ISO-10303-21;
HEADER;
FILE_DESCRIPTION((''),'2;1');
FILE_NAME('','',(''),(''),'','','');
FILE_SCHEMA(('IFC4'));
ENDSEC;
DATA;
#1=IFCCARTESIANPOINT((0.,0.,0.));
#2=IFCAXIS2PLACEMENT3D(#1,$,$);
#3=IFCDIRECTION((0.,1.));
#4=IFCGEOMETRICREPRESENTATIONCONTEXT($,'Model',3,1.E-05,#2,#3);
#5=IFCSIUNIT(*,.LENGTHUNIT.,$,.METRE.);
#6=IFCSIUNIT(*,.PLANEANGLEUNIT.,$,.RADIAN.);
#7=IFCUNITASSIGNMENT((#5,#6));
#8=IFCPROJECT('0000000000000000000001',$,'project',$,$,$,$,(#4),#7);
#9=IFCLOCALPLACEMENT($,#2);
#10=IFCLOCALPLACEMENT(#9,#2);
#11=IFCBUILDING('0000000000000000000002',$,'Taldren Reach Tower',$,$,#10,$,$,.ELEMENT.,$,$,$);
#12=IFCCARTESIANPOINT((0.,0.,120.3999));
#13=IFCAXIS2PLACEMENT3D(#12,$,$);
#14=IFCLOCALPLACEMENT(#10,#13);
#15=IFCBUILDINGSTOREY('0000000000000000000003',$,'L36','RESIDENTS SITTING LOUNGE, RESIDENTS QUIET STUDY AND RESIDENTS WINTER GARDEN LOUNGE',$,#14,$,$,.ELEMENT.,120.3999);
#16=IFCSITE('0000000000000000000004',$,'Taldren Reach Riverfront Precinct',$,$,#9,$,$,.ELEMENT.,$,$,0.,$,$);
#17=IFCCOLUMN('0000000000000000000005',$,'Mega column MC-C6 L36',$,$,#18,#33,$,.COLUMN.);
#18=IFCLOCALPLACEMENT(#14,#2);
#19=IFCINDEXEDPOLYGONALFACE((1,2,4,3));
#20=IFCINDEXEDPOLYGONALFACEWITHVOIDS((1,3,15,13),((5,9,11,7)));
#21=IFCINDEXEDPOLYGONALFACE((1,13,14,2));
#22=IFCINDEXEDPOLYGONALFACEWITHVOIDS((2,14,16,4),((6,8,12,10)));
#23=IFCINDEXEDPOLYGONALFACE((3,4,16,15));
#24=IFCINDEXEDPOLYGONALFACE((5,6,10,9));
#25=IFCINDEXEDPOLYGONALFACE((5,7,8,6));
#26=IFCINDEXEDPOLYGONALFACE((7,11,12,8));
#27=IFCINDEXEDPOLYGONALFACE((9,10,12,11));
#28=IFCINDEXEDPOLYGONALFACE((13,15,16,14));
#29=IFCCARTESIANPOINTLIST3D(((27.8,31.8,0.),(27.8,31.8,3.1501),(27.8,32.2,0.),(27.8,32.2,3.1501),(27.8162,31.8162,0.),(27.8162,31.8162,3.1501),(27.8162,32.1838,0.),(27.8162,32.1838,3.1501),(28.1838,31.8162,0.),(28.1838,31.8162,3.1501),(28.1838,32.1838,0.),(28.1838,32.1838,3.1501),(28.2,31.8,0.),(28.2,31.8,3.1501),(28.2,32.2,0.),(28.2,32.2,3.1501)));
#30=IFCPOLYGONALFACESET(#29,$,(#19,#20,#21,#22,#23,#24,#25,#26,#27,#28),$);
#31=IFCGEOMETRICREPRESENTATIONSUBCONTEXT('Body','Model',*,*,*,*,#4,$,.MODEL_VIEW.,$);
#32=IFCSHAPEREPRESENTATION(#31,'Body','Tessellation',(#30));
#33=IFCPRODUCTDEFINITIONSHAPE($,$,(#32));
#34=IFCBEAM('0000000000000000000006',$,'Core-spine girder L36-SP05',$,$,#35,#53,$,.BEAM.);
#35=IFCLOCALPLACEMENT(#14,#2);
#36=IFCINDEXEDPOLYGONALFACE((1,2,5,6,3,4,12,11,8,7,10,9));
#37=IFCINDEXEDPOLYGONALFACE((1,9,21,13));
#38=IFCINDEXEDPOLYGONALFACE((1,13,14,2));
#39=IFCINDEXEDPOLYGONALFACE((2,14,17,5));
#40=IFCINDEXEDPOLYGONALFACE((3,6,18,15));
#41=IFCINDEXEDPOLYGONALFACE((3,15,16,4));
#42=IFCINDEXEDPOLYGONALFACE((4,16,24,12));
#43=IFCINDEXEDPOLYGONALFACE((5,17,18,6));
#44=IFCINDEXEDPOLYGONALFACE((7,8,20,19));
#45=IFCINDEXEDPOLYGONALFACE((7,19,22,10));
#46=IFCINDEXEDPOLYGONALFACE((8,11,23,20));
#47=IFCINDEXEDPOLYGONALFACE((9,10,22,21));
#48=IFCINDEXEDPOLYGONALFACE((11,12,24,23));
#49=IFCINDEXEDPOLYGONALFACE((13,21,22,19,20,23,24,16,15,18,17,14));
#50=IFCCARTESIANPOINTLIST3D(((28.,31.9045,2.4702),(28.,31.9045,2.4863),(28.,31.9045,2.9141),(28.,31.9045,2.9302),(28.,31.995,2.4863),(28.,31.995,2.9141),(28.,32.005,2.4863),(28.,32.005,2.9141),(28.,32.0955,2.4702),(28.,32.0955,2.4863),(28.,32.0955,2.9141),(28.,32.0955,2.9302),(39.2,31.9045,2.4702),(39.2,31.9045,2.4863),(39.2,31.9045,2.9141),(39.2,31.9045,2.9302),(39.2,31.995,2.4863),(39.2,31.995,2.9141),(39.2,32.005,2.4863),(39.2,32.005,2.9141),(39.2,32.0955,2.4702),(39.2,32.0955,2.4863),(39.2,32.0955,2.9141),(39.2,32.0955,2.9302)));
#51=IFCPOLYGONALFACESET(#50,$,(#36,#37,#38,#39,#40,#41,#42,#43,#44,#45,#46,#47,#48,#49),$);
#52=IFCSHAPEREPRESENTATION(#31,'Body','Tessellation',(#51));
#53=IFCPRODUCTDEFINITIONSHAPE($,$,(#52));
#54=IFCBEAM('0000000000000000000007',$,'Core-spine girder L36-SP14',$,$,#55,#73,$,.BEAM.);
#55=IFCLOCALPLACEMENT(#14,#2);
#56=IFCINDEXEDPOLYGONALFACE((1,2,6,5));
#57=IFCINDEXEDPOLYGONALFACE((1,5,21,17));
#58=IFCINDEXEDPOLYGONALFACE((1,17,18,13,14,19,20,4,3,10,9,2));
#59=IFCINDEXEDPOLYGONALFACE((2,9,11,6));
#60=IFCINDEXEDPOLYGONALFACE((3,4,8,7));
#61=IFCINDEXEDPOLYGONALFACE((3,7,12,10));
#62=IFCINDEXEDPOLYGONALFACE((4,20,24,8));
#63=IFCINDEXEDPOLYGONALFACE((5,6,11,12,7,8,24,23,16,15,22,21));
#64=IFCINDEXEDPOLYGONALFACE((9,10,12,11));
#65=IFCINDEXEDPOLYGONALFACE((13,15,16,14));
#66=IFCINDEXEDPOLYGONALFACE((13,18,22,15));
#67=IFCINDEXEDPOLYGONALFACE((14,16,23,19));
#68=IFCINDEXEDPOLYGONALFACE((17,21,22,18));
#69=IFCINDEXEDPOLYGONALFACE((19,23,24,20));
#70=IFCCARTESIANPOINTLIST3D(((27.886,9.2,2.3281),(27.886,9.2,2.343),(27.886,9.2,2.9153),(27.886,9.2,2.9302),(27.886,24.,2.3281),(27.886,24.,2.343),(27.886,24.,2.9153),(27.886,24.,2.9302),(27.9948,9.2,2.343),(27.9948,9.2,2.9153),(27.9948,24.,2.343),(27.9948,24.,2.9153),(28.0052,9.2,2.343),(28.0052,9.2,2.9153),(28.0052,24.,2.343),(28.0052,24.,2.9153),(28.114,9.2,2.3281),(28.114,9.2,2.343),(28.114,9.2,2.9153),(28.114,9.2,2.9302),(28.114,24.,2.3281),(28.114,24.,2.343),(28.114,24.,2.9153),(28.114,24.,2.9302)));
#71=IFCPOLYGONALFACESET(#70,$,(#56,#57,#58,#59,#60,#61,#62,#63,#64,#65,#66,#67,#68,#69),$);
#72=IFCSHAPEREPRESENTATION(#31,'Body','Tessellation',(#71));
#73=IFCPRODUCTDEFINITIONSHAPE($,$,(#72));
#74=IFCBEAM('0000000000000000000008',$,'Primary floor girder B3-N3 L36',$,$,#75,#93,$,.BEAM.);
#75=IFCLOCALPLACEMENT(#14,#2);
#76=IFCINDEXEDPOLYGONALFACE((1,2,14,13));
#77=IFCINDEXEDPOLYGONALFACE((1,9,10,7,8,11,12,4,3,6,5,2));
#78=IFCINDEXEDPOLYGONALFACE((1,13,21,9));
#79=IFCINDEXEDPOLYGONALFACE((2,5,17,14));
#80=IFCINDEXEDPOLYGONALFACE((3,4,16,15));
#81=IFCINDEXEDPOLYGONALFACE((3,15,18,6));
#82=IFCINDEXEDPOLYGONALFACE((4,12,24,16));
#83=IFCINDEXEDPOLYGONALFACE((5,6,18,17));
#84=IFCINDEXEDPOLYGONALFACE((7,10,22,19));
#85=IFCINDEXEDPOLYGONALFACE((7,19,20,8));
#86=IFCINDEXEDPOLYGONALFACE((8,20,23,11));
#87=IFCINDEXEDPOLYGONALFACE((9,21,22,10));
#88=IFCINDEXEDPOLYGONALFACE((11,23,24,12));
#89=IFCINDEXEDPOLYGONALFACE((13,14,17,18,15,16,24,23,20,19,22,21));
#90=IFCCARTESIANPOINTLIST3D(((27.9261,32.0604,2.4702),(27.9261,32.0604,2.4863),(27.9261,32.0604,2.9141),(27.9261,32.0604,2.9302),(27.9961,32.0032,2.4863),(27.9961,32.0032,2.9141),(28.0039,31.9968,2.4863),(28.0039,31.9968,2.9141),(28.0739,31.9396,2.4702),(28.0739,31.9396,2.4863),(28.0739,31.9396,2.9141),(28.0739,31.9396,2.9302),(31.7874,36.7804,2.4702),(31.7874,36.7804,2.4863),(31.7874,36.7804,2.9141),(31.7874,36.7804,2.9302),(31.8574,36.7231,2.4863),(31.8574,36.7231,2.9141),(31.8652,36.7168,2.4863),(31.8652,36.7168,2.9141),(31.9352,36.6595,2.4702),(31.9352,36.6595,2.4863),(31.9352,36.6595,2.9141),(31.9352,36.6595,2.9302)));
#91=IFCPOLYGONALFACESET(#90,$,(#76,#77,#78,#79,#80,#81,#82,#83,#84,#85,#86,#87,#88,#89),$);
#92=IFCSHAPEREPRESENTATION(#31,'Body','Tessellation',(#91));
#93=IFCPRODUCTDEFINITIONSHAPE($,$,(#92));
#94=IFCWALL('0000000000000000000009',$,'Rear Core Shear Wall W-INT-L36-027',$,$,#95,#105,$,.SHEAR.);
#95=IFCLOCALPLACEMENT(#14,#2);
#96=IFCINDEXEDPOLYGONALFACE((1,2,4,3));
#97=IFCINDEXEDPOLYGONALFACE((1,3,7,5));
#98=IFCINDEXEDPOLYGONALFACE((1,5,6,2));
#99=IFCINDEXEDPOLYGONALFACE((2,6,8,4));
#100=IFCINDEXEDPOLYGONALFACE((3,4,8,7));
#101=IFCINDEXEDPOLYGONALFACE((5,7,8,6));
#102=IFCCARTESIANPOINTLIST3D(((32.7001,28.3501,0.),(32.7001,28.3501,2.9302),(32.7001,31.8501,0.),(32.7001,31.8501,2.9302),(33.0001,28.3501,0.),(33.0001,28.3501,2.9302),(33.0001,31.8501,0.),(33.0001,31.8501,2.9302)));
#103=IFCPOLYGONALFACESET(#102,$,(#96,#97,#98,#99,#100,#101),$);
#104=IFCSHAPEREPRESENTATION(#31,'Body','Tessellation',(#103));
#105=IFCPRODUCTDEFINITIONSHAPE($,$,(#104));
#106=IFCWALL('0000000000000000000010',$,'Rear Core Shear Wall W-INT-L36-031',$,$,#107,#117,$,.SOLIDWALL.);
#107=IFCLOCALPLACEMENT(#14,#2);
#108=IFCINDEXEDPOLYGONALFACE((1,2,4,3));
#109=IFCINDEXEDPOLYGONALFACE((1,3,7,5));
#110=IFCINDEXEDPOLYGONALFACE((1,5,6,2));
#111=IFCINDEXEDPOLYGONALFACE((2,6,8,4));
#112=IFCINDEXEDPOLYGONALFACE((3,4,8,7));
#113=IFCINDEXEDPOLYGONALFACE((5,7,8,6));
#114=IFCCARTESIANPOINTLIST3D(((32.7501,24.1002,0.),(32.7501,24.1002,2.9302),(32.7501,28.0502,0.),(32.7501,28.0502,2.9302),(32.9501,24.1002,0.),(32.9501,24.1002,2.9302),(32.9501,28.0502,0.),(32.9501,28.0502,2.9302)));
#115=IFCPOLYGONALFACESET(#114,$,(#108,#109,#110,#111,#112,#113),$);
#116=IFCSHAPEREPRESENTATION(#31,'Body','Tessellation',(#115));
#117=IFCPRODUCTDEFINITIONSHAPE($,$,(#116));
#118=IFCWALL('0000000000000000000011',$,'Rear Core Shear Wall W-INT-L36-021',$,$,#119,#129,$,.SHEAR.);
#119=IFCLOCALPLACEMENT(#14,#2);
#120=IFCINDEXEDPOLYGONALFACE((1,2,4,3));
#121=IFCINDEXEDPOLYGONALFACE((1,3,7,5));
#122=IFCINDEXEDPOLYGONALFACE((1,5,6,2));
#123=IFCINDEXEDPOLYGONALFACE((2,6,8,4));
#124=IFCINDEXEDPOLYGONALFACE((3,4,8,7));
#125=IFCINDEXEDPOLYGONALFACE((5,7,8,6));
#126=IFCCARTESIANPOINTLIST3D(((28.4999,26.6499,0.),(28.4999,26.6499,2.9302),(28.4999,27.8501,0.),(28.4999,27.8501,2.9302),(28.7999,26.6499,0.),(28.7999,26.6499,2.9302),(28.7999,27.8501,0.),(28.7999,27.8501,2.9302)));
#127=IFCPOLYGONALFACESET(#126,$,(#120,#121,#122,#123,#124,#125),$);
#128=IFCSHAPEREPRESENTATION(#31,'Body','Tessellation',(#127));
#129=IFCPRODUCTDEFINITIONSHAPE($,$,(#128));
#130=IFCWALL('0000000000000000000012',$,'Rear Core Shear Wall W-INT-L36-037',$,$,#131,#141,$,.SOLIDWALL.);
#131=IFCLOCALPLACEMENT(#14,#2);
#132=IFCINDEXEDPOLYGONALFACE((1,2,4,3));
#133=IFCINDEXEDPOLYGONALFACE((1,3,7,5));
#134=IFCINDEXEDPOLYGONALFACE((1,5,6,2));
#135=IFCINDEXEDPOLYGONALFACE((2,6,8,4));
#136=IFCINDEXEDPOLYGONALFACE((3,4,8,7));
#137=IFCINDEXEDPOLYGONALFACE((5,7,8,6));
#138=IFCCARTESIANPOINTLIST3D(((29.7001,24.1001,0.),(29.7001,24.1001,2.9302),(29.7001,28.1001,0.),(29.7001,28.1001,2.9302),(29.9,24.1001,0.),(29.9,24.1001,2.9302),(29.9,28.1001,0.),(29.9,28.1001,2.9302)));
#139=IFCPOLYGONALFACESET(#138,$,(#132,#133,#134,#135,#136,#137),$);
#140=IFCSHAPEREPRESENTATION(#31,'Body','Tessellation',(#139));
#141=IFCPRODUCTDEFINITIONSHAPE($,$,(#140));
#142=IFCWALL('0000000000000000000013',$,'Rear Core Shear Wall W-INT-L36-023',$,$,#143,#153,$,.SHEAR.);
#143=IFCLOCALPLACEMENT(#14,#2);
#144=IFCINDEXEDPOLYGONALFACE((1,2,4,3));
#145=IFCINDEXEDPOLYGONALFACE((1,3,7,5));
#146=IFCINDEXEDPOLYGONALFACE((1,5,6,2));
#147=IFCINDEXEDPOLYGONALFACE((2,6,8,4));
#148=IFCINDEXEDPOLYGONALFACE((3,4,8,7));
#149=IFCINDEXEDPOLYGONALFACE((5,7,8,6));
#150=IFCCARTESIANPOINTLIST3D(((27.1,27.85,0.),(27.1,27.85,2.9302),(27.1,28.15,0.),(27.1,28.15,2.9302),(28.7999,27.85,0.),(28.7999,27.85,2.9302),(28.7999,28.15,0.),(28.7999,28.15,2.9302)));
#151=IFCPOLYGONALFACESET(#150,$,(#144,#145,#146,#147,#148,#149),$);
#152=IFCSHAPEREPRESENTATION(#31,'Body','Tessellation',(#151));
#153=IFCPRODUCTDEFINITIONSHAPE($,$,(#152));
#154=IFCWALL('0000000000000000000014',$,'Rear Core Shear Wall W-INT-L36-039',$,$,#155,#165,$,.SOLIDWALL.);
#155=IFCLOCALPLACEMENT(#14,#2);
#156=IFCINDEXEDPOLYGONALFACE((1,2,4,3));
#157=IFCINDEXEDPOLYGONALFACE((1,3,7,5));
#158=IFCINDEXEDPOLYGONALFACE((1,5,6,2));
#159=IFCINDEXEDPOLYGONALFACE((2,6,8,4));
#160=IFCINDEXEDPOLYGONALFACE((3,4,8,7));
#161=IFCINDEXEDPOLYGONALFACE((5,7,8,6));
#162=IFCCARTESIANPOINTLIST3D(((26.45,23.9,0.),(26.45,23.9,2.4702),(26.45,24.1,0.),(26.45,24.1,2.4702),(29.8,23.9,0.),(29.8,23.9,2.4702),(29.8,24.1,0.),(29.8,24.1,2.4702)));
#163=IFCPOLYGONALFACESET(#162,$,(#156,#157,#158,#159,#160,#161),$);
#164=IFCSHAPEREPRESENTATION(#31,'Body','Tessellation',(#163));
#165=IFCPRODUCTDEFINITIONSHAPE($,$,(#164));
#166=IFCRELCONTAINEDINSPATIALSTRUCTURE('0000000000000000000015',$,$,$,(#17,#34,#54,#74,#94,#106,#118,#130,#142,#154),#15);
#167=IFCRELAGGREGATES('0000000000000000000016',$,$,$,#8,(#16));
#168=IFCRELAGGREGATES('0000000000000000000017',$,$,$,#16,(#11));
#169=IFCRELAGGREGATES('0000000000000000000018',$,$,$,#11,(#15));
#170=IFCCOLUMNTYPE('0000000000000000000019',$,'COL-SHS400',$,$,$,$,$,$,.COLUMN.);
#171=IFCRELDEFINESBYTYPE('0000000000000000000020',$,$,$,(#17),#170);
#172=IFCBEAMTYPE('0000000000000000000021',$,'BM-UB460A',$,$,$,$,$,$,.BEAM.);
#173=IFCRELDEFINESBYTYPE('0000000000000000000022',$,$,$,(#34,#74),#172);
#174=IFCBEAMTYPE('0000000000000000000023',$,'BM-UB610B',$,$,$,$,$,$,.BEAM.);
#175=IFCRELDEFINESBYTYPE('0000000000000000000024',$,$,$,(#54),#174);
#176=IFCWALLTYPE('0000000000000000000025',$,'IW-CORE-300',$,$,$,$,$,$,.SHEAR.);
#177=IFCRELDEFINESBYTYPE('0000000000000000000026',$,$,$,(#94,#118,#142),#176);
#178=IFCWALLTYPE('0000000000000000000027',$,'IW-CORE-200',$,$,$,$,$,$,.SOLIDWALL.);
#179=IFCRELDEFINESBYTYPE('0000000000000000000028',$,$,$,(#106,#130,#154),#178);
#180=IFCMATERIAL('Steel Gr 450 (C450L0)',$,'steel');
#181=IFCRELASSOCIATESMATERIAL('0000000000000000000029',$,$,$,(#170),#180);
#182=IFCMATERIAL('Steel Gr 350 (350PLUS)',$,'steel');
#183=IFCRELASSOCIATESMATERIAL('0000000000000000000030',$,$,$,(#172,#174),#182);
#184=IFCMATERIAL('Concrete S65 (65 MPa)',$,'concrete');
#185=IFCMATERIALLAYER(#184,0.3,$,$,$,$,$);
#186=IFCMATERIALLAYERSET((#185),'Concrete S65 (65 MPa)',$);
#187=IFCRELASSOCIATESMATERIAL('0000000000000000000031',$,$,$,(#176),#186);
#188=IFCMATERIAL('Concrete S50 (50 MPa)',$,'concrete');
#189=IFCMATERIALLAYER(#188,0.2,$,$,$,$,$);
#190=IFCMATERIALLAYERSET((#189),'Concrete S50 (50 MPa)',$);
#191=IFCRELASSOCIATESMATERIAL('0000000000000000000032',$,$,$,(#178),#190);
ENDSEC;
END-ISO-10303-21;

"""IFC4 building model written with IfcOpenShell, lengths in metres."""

from ifc_helpers import new_model, si_unit, direction, frame, frame_2d, origin, origin_2d, place, context, subcontext, project, spatial, rectangle, hollow_rectangle, i_section, extrude, source, transform, mapped, material, layer, layer_set, material_profile, profile_set, type_object, element, save


model = new_model("IFC4")

# Units and contexts
model_context = context("Model", 3, precision=1e-05, world=origin(), true_north=direction((0.0, 1.0)))
body_context = subcontext(model_context, "Body", "Model", "MODEL_VIEW")
ifc_project = project(units=[si_unit("LENGTHUNIT", "METRE"), si_unit("PLANEANGLEUNIT", "RADIAN")], contexts=[model_context])

# Site, building, storey
site_placement = place(None, origin())
site = spatial("IfcSite", under=ifc_project, at=site_placement, Name="Taldren Reach Riverfront Precinct", CompositionType="ELEMENT", RefElevation=0.0)
building_placement = place(site_placement, origin())
building = spatial("IfcBuilding", under=site, at=building_placement, Name="Taldren Reach Tower", CompositionType="ELEMENT")
storey_placement = place(building_placement, frame((0.0, 0.0, 120.3999)))
storey = spatial("IfcBuildingStorey", under=building, at=storey_placement, Name="L36", Description="RESIDENTS SITTING LOUNGE, RESIDENTS QUIET STUDY AND RESIDENTS WINTER GARDEN LOUNGE", CompositionType="ELEMENT", Elevation=120.3999)

# Column
ifc_material_1 = material(Name="Steel Gr 450 (C450L0)", Category="steel")
ifc_material_profile_1 = material_profile(ifc_material_1, hollow_rectangle(XDim=0.3999, YDim=0.3999, WallThickness=0.0161, at=origin_2d()), Name="400x400x16.0SHS")
ifc_profile_set_1 = profile_set([ifc_material_profile_1], Name="Steel Gr 450 (C450L0)")
column_type = type_object("IfcColumnType", Name="COL-SHS400", PredefinedType="COLUMN", material=ifc_profile_set_1)
shared_shape_1 = source(origin(), body_context, "Body", "SweptSolid", [
    extrude(hollow_rectangle(XDim=0.3999, YDim=0.3999, WallThickness=0.0161, at=origin_2d()), origin(), (0.0, 0.0, 1.0), 3.1501),
])
column_placement = place(storey_placement, frame((28.0, 32.0, 0.0), z_axis=(0.0, 0.0, 1.0), x_axis=(1.0, 0.0, 0.0)))
element("IfcColumn", 1, at=column_placement, inside=storey, type_object=column_type, Name="Mega column MC-C6 L36", PredefinedType="COLUMN", context=body_context, shape_type="MappedRepresentation", body=[
    mapped(shared_shape_1, transform((0.0, 0.0, 0.0), scale=1.0)),
])

# Beams
ifc_material_2 = material(Name="Steel Gr 350 (350PLUS)", Category="steel")
ifc_material_profile_2 = material_profile(ifc_material_2, i_section(OverallWidth=0.1909, OverallDepth=0.46, WebThickness=0.01, FlangeThickness=0.0161, at=origin_2d()), Name="460UB82.1")
ifc_profile_set_2 = profile_set([ifc_material_profile_2], Name="Steel Gr 350 (350PLUS)")
beam_type_1 = type_object("IfcBeamType", Name="BM-UB460A", PredefinedType="BEAM", material=ifc_profile_set_2)
shared_shape_2 = source(origin(), body_context, "Body", "SweptSolid", [
    extrude(i_section(OverallWidth=0.1909, OverallDepth=0.46, WebThickness=0.01, FlangeThickness=0.0161, at=origin_2d()), origin(), (0.0, 0.0, 1.0), 11.2),
])
beam_1_placement = place(storey_placement, frame((28.0, 32.0, 2.7002), z_axis=(1.0, 0.0, 0.0), x_axis=(0.0, 1.0, 0.0)))
element("IfcBeam", 2, at=beam_1_placement, inside=storey, type_object=beam_type_1, Name="Core-spine girder L36-SP05", PredefinedType="BEAM", context=body_context, shape_type="MappedRepresentation", body=[
    mapped(shared_shape_2, transform((0.0, 0.0, 0.0), scale=1.0)),
])
ifc_material_profile_3 = material_profile(ifc_material_2, i_section(OverallWidth=0.228, OverallDepth=0.6021, WebThickness=0.0105, FlangeThickness=0.0149, at=origin_2d()), Name="610UB101")
ifc_profile_set_3 = profile_set([ifc_material_profile_3], Name="Steel Gr 350 (350PLUS)")
beam_type_2 = type_object("IfcBeamType", Name="BM-UB610B", PredefinedType="BEAM", material=ifc_profile_set_3)
shared_shape_3 = source(origin(), body_context, "Body", "SweptSolid", [
    extrude(i_section(OverallWidth=0.228, OverallDepth=0.6021, WebThickness=0.0105, FlangeThickness=0.0149, at=origin_2d()), origin(), (0.0, 0.0, 1.0), 14.8),
])
beam_2_placement = place(storey_placement, frame((28.0, 24.0, 2.6292), z_axis=(0.0, -1.0, 0.0), x_axis=(1.0, 0.0, 0.0)))
element("IfcBeam", 3, at=beam_2_placement, inside=storey, type_object=beam_type_2, Name="Core-spine girder L36-SP14", PredefinedType="BEAM", context=body_context, shape_type="MappedRepresentation", body=[
    mapped(shared_shape_3, transform((0.0, 0.0, 0.0), scale=1.0)),
])
shared_shape_4 = source(origin(), body_context, "Body", "SweptSolid", [
    extrude(i_section(OverallWidth=0.1909, OverallDepth=0.46, WebThickness=0.01, FlangeThickness=0.0161, at=origin_2d()), origin(), (0.0, 0.0, 1.0), 6.0981),
])
beam_3_placement = place(storey_placement, frame((28.0, 32.0, 2.7002), z_axis=(0.633192, 0.773995, 0.0), x_axis=(-0.773995, 0.633192, 0.0)))
element("IfcBeam", 4, at=beam_3_placement, inside=storey, type_object=beam_type_1, Name="Primary floor girder B3-N3 L36", PredefinedType="BEAM", context=body_context, shape_type="MappedRepresentation", body=[
    mapped(shared_shape_4, transform((0.0, 0.0, 0.0), scale=1.0)),
])

# Walls
ifc_material_3 = material(Name="Concrete S65 (65 MPa)", Category="concrete")
ifc_layer_1 = layer(ifc_material_3, 0.3)
ifc_layer_set_1 = layer_set([ifc_layer_1], Name="Concrete S65 (65 MPa)")
wall_type_1 = type_object("IfcWallType", Name="IW-CORE-300", PredefinedType="SHEAR", material=ifc_layer_set_1)
shared_shape_5 = source(origin(), body_context, "Body", "SweptSolid", [
    extrude(rectangle(XDim=3.5, YDim=0.3, at=frame_2d((1.75, 0.0))), origin(), (0.0, 0.0, 1.0), 2.9302),
])
wall_1_placement = place(storey_placement, frame((32.8501, 31.8501, 0.0), z_axis=(0.0, 0.0, 1.0), x_axis=(0.0, -1.0, 0.0)))
element("IfcWall", 5, at=wall_1_placement, inside=storey, type_object=wall_type_1, Name="Rear Core Shear Wall W-INT-L36-027", PredefinedType="SHEAR", context=body_context, shape_type="MappedRepresentation", body=[
    mapped(shared_shape_5, transform((0.0, 0.0, 0.0), scale=1.0)),
])
ifc_material_4 = material(Name="Concrete S50 (50 MPa)", Category="concrete")
ifc_layer_2 = layer(ifc_material_4, 0.2)
ifc_layer_set_2 = layer_set([ifc_layer_2], Name="Concrete S50 (50 MPa)")
wall_type_2 = type_object("IfcWallType", Name="IW-CORE-200", PredefinedType="SOLIDWALL", material=ifc_layer_set_2)
shared_shape_6 = source(origin(), body_context, "Body", "SweptSolid", [
    extrude(rectangle(XDim=3.95, YDim=0.2, at=frame_2d((1.9751, 0.0))), origin(), (0.0, 0.0, 1.0), 2.9302),
])
wall_2_placement = place(storey_placement, frame((32.8501, 24.1001, 0.0), z_axis=(0.0, 0.0, 1.0), x_axis=(0.0, 1.0, 0.0)))
element("IfcWall", 6, at=wall_2_placement, inside=storey, type_object=wall_type_2, Name="Rear Core Shear Wall W-INT-L36-031", PredefinedType="SOLIDWALL", context=body_context, shape_type="MappedRepresentation", body=[
    mapped(shared_shape_6, transform((0.0, 0.0, 0.0), scale=1.0)),
])
shared_shape_7 = source(origin(), body_context, "Body", "SweptSolid", [
    extrude(rectangle(XDim=1.2002, YDim=0.3, at=frame_2d((0.6001, 0.0))), origin(), (0.0, 0.0, 1.0), 2.9302),
])
wall_3_placement = place(storey_placement, frame((28.6499, 26.6499, 0.0), z_axis=(0.0, 0.0, 1.0), x_axis=(0.0, 1.0, 0.0)))
element("IfcWall", 7, at=wall_3_placement, inside=storey, type_object=wall_type_1, Name="Rear Core Shear Wall W-INT-L36-021", PredefinedType="SHEAR", context=body_context, shape_type="MappedRepresentation", body=[
    mapped(shared_shape_7, transform((0.0, 0.0, 0.0), scale=1.0)),
])

# Walls
shared_shape_8 = source(origin(), body_context, "Body", "SweptSolid", [
    extrude(rectangle(XDim=4.0, YDim=0.2, at=frame_2d((2.0, 0.0))), origin(), (0.0, 0.0, 1.0), 2.9302),
])
wall_4_placement = place(storey_placement, frame((29.8, 28.1001, 0.0), z_axis=(0.0, 0.0, 1.0), x_axis=(0.0, -1.0, 0.0)))
element("IfcWall", 8, at=wall_4_placement, inside=storey, type_object=wall_type_2, Name="Rear Core Shear Wall W-INT-L36-037", PredefinedType="SOLIDWALL", context=body_context, shape_type="MappedRepresentation", body=[
    mapped(shared_shape_8, transform((0.0, 0.0, 0.0), scale=1.0)),
])
shared_shape_9 = source(origin(), body_context, "Body", "SweptSolid", [
    extrude(rectangle(XDim=1.7, YDim=0.3, at=frame_2d((0.8501, 0.0))), origin(), (0.0, 0.0, 1.0), 2.9302),
])
wall_5_placement = place(storey_placement, frame((28.8, 28.0, 0.0), z_axis=(0.0, 0.0, 1.0), x_axis=(-1.0, 0.0, 0.0)))
element("IfcWall", 9, at=wall_5_placement, inside=storey, type_object=wall_type_1, Name="Rear Core Shear Wall W-INT-L36-023", PredefinedType="SHEAR", context=body_context, shape_type="MappedRepresentation", body=[
    mapped(shared_shape_9, transform((0.0, 0.0, 0.0), scale=1.0)),
])
shared_shape_10 = source(origin(), body_context, "Body", "SweptSolid", [
    extrude(rectangle(XDim=3.3501, YDim=0.2, at=frame_2d((1.675, 0.0))), origin(), (0.0, 0.0, 1.0), 2.4702),
])
wall_6_placement = place(storey_placement, frame((29.8, 24.0, 0.0), z_axis=(0.0, 0.0, 1.0), x_axis=(-1.0, 0.0, 0.0)))
element("IfcWall", 10, at=wall_6_placement, inside=storey, type_object=wall_type_2, Name="Rear Core Shear Wall W-INT-L36-039", PredefinedType="SOLIDWALL", context=body_context, shape_type="MappedRepresentation", body=[
    mapped(shared_shape_10, transform((0.0, 0.0, 0.0), scale=1.0)),
])

save(model, "model.ifc")
